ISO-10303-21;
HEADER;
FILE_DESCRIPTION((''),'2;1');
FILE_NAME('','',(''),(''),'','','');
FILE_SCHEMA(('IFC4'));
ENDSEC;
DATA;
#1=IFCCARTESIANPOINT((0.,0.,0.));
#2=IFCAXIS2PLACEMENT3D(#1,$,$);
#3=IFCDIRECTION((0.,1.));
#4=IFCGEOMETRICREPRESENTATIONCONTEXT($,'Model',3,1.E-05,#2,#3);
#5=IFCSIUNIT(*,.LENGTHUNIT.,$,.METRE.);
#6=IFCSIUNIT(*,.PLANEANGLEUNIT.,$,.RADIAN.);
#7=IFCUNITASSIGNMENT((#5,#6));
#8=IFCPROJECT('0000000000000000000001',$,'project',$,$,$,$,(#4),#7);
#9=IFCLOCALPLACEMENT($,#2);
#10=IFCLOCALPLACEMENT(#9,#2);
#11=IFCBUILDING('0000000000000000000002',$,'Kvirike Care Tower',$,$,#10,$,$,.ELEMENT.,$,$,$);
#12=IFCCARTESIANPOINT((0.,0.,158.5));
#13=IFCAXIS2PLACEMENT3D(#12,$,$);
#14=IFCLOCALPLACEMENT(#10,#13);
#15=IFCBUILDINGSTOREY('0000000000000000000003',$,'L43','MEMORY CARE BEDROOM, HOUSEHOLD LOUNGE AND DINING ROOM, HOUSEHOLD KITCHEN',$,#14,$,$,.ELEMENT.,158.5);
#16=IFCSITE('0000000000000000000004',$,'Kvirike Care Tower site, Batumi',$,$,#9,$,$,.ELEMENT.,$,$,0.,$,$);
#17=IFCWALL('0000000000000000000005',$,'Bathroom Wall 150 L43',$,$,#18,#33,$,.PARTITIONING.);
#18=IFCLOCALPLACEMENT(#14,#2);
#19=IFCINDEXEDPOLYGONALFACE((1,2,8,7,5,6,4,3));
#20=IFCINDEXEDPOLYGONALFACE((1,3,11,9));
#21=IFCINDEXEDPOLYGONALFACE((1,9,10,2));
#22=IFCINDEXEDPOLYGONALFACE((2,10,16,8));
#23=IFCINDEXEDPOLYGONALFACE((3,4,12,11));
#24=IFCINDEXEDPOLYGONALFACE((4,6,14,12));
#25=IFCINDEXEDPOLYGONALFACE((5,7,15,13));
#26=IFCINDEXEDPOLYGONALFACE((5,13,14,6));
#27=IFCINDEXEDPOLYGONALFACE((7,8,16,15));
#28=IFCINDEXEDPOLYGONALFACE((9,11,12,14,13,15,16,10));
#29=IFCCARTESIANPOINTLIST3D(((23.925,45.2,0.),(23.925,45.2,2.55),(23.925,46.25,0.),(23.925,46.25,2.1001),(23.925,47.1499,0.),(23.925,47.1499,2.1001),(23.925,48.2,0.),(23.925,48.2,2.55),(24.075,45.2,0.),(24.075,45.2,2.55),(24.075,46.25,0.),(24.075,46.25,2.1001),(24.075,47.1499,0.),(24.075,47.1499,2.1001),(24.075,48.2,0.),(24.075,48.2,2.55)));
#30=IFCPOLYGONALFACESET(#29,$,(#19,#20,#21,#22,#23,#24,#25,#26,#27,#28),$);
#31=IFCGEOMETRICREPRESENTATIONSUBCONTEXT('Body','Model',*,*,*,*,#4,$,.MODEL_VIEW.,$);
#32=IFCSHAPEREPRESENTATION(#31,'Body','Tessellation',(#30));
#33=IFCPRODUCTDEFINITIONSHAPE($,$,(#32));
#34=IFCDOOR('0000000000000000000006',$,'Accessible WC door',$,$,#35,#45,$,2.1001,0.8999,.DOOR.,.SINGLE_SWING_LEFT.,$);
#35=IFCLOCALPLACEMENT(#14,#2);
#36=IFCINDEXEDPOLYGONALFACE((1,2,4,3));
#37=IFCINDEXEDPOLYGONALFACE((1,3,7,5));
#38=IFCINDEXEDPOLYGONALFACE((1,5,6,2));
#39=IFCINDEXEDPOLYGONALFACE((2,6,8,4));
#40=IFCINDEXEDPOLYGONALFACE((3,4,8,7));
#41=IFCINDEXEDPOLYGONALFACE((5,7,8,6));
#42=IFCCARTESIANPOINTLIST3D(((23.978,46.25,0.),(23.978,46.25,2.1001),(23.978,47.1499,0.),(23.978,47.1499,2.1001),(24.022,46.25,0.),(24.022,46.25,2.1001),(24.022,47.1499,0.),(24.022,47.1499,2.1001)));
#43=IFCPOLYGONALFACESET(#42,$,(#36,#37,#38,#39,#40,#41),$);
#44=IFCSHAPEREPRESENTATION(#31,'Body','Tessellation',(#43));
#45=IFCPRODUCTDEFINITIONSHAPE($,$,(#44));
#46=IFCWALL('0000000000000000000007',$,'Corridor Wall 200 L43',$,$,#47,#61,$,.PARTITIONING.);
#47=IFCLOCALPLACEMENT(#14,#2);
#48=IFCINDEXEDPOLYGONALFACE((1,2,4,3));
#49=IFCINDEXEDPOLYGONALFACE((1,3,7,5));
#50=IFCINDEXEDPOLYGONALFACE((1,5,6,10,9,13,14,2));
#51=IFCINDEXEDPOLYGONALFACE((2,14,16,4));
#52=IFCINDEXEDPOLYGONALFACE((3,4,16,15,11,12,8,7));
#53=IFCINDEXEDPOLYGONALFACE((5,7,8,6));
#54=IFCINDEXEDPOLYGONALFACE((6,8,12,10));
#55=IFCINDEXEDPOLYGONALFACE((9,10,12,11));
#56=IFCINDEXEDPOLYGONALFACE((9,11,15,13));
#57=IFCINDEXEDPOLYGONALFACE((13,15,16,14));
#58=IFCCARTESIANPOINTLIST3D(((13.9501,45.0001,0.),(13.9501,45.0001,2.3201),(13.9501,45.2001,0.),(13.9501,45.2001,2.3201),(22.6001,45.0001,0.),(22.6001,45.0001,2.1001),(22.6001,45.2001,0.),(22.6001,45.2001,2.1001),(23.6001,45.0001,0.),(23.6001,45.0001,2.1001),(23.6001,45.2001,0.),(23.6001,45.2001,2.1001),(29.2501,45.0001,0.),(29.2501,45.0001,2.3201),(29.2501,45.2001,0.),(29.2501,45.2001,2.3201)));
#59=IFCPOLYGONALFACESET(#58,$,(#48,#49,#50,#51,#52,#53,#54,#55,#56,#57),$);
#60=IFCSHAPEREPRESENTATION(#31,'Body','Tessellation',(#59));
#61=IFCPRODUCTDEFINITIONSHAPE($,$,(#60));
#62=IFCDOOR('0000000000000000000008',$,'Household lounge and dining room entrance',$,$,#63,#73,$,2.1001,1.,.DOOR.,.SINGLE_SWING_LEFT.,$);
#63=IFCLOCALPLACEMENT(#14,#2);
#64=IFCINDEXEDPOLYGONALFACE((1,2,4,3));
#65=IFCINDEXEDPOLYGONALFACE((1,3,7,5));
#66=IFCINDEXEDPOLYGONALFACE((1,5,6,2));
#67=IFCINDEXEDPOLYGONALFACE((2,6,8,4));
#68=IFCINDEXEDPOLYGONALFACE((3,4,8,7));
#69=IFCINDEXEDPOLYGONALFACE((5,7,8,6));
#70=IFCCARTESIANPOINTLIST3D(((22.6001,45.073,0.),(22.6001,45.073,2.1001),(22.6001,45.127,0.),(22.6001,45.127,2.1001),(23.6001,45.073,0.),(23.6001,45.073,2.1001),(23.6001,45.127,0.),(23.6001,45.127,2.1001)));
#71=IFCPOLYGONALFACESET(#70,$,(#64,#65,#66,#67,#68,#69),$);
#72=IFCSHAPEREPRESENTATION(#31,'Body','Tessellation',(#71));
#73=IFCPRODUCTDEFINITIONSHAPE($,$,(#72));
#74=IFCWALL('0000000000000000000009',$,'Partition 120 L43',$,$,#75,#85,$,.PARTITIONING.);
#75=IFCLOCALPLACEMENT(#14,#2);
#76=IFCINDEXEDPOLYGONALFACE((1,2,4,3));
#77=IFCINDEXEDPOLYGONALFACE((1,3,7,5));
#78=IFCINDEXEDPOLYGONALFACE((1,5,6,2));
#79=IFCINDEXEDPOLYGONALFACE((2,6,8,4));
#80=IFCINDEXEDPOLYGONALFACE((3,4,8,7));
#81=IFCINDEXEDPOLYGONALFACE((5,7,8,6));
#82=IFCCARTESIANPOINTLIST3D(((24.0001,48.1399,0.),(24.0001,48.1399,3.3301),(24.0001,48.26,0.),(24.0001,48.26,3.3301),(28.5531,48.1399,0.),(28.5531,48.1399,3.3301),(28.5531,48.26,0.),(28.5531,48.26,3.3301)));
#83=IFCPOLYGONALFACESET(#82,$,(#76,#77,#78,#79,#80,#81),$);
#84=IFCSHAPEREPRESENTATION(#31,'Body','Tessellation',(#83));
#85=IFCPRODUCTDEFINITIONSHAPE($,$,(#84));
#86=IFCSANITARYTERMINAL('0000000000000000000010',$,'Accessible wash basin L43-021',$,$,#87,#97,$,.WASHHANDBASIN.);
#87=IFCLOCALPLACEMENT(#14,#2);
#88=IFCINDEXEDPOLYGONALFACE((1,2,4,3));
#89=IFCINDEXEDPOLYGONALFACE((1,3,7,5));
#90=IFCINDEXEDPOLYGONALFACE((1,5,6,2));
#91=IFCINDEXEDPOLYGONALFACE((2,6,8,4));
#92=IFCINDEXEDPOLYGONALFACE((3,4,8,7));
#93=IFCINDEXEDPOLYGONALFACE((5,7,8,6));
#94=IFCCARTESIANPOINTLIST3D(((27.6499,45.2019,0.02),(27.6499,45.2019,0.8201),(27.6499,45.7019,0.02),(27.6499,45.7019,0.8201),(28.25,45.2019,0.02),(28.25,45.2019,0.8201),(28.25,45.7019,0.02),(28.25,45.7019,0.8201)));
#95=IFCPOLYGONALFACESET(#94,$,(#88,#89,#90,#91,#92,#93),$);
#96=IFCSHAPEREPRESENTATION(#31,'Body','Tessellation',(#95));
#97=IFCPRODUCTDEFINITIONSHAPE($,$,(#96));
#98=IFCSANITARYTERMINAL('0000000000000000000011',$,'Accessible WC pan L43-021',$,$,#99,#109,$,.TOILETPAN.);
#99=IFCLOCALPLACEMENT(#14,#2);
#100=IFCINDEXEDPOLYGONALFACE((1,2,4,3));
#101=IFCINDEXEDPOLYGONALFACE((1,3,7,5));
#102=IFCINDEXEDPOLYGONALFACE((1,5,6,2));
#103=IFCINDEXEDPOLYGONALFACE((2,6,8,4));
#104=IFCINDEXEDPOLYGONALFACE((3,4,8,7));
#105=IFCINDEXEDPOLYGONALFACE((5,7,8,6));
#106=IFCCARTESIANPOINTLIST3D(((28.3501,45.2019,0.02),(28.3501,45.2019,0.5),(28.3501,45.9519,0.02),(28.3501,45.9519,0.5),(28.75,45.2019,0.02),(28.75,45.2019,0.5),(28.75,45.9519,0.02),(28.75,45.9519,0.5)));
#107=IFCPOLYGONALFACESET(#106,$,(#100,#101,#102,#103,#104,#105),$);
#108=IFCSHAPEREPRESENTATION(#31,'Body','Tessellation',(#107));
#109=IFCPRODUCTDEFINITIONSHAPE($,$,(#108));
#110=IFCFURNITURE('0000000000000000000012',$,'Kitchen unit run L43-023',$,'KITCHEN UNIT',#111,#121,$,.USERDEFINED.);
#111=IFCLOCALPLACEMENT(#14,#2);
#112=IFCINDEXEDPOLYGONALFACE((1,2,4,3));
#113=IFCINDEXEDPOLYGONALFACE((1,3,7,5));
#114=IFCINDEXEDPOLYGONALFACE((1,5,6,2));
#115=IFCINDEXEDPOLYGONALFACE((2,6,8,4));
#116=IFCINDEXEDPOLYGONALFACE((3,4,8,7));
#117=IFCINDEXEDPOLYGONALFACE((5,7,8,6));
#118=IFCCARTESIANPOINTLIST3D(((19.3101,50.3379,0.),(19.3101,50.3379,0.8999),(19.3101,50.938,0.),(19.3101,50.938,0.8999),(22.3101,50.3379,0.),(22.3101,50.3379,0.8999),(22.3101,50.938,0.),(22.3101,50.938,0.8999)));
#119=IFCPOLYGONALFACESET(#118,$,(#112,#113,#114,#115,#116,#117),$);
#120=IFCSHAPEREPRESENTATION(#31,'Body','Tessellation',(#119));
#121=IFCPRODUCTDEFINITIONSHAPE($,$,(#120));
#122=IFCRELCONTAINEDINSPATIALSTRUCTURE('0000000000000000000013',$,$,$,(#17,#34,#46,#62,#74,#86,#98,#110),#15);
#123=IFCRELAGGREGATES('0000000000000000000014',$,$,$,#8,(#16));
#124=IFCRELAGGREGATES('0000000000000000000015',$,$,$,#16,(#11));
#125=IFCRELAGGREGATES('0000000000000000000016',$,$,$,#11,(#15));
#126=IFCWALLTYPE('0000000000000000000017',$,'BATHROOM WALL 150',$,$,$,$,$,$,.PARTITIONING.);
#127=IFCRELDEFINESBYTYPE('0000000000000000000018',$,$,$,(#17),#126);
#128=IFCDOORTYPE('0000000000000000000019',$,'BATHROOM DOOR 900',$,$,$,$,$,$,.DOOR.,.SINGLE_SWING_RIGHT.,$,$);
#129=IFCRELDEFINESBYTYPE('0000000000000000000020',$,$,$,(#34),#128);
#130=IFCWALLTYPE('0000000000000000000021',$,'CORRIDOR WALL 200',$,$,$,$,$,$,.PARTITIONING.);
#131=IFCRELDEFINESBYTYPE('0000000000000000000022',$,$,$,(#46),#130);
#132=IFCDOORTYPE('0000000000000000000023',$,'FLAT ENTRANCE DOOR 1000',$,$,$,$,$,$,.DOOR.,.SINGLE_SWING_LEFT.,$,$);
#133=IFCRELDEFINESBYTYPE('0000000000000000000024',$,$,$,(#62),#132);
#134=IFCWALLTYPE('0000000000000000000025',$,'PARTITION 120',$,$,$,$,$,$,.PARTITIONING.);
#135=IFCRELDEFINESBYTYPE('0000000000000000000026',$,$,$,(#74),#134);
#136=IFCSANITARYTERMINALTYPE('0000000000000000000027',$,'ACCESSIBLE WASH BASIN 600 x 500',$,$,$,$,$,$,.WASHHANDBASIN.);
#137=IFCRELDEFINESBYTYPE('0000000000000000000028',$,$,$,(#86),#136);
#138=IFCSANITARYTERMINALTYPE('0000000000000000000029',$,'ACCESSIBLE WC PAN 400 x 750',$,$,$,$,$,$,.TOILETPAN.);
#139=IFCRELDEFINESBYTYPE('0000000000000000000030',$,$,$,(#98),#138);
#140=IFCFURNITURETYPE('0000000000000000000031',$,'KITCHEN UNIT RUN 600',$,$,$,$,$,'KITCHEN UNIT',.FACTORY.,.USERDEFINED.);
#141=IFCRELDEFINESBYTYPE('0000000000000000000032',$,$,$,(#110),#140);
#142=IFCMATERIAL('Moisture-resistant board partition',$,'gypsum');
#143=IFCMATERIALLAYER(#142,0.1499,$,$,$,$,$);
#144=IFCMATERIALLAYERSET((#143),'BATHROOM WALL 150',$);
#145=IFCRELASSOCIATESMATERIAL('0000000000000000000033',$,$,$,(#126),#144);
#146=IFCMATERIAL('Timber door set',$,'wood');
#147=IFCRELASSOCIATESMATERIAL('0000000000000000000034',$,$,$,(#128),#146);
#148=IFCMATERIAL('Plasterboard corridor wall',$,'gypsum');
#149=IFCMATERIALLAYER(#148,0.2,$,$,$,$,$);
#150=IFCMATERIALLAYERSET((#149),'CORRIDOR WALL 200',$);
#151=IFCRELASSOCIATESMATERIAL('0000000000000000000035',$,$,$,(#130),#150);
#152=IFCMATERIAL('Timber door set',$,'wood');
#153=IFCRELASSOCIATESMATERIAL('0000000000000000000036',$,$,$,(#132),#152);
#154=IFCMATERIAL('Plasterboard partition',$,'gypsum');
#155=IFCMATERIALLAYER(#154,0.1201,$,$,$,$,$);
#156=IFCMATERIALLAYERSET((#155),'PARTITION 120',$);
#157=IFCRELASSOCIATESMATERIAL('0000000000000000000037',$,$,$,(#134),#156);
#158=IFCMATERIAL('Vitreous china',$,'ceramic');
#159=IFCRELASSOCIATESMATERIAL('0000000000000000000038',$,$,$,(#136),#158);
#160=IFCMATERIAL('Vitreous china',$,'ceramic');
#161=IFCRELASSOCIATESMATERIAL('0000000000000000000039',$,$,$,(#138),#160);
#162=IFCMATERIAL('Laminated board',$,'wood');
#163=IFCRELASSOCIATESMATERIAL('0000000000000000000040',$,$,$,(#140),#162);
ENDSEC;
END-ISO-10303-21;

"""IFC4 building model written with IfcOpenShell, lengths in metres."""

from ifc_helpers import new_model, si_unit, direction, frame, frame_2d, origin, origin_2d, place, context, subcontext, project, spatial, rectangle, extrude, material, layer, layer_set, type_object, element, fill, save


model = new_model("IFC4")

# Units and contexts
model_context = context("Model", 3, precision=1e-05, world=origin(), true_north=direction((0.0, 1.0)))
body_context = subcontext(model_context, "Body", "Model", "MODEL_VIEW")
ifc_project = project(units=[si_unit("LENGTHUNIT", "METRE"), si_unit("PLANEANGLEUNIT", "RADIAN")], contexts=[model_context])

# Site, building, storey
site_placement = place(None, origin())
site = spatial("IfcSite", under=ifc_project, at=site_placement, Name="Kvirike Care Tower site, Batumi", CompositionType="ELEMENT", RefElevation=0.0)
building_placement = place(site_placement, origin())
building = spatial("IfcBuilding", under=site, at=building_placement, Name="Kvirike Care Tower", CompositionType="ELEMENT")
storey_placement = place(building_placement, frame((0.0, 0.0, 158.5)))
storey = spatial("IfcBuildingStorey", under=building, at=storey_placement, Name="L43", Description="MEMORY CARE BEDROOM, HOUSEHOLD LOUNGE AND DINING ROOM, HOUSEHOLD KITCHEN", CompositionType="ELEMENT", Elevation=158.5)

# Walls, openings, doors
ifc_material_1 = material(Name="Moisture-resistant board partition", Category="gypsum")
ifc_layer_1 = layer(ifc_material_1, 0.1499)
ifc_layer_set_1 = layer_set([ifc_layer_1], Name="BATHROOM WALL 150")
wall_type_1 = type_object("IfcWallType", Name="BATHROOM WALL 150", PredefinedType="PARTITIONING", material=ifc_layer_set_1)
wall_1_placement = place(storey_placement, frame((24.0, 48.2, 0.0), z_axis=(0.0, 0.0, 1.0), x_axis=(0.0, -1.0, 0.0)))
wall_1 = element("IfcWall", 1, at=wall_1_placement, inside=storey, type_object=wall_type_1, Name="Bathroom Wall 150 L43", PredefinedType="PARTITIONING", context=body_context, shape_type="SweptSolid", body=[
    extrude(rectangle(XDim=3.0, YDim=0.1499, at=frame_2d((1.5, 0.0))), origin(), (0.0, 0.0, 1.0), 2.55),
])
opening_1_placement = place(wall_1_placement, frame((1.05, 0.0, 0.0)))
opening_1 = element("IfcOpeningElement", 2, at=opening_1_placement, cuts=wall_1, PredefinedType="OPENING", context=body_context, shape_type="SweptSolid", body=[
    extrude(rectangle(XDim=0.8999, YDim=2.1001, at=frame_2d((0.45, 1.05))), frame((0.0, 0.0854, 0.0), z_axis=(0.0, -1.0, 0.0), x_axis=(1.0, 0.0, 0.0)), (0.0, 0.0, 1.0), 0.1709),
])
ifc_material_2 = material(Name="Timber door set", Category="wood")
door_type_1 = type_object("IfcDoorType", Name="BATHROOM DOOR 900", OperationType="SINGLE_SWING_RIGHT", PredefinedType="DOOR", material=ifc_material_2)
door_1_placement = place(opening_1_placement, origin())
door_1 = element("IfcDoor", 3, at=door_1_placement, inside=storey, type_object=door_type_1, Name="Accessible WC door", OperationType="SINGLE_SWING_LEFT", OverallHeight=2.1001, OverallWidth=0.8999, PredefinedType="DOOR", context=body_context, shape_type="SweptSolid", body=[
    extrude(rectangle(XDim=0.8999, YDim=2.1001, at=frame_2d((0.45, 1.05))), frame((0.0, 0.022, 0.0), z_axis=(0.0, -1.0, 0.0), x_axis=(1.0, 0.0, 0.0)), (0.0, 0.0, 1.0), 0.0439),
])
fill(opening_1, door_1)
ifc_material_3 = material(Name="Plasterboard corridor wall", Category="gypsum")
ifc_layer_2 = layer(ifc_material_3, 0.2)
ifc_layer_set_2 = layer_set([ifc_layer_2], Name="CORRIDOR WALL 200")
wall_type_2 = type_object("IfcWallType", Name="CORRIDOR WALL 200", PredefinedType="PARTITIONING", material=ifc_layer_set_2)
wall_2_placement = place(storey_placement, frame((29.25, 45.1001, 0.0), z_axis=(0.0, 0.0, 1.0), x_axis=(-1.0, 0.0, 0.0)))
wall_2 = element("IfcWall", 4, at=wall_2_placement, inside=storey, type_object=wall_type_2, Name="Corridor Wall 200 L43", PredefinedType="PARTITIONING", context=body_context, shape_type="SweptSolid", body=[
    extrude(rectangle(XDim=15.3, YDim=0.2, at=frame_2d((7.6499, 0.0))), origin(), (0.0, 0.0, 1.0), 2.3201),
])
opening_2_placement = place(wall_2_placement, frame((5.6499, 0.0, 0.0)))
opening_2 = element("IfcOpeningElement", 5, at=opening_2_placement, cuts=wall_2, PredefinedType="OPENING", context=body_context, shape_type="SweptSolid", body=[
    extrude(rectangle(XDim=1.0, YDim=2.1001, at=frame_2d((0.5, 1.05))), frame((0.0, 0.1106, 0.0), z_axis=(0.0, -1.0, 0.0), x_axis=(1.0, 0.0, 0.0)), (0.0, 0.0, 1.0), 0.2209),
])
ifc_material_4 = material(Name="Timber door set", Category="wood")
door_type_2 = type_object("IfcDoorType", Name="FLAT ENTRANCE DOOR 1000", OperationType="SINGLE_SWING_LEFT", PredefinedType="DOOR", material=ifc_material_4)
door_2_placement = place(opening_2_placement, frame((1.0, 0.0, 0.0), z_axis=(0.0, 0.0, 1.0), x_axis=(-1.0, 0.0, 0.0)))
door_2 = element("IfcDoor", 6, at=door_2_placement, inside=storey, type_object=door_type_2, Name="Household lounge and dining room entrance", OperationType="SINGLE_SWING_LEFT", OverallHeight=2.1001, OverallWidth=1.0, PredefinedType="DOOR", context=body_context, shape_type="SweptSolid", body=[
    extrude(rectangle(XDim=1.0, YDim=2.1001, at=frame_2d((0.5, 1.05))), frame((0.0, 0.0269, 0.0), z_axis=(0.0, -1.0, 0.0), x_axis=(1.0, 0.0, 0.0)), (0.0, 0.0, 1.0), 0.054),
])
fill(opening_2, door_2)

# Wall
ifc_material_5 = material(Name="Plasterboard partition", Category="gypsum")
ifc_layer_3 = layer(ifc_material_5, 0.1201)
ifc_layer_set_3 = layer_set([ifc_layer_3], Name="PARTITION 120")
wall_type_3 = type_object("IfcWallType", Name="PARTITION 120", PredefinedType="PARTITIONING", material=ifc_layer_set_3)
wall_3_placement = place(storey_placement, frame((28.553, 48.2, 0.0), z_axis=(0.0, 0.0, 1.0), x_axis=(-1.0, 0.0, 0.0)))
element("IfcWall", 7, at=wall_3_placement, inside=storey, type_object=wall_type_3, Name="Partition 120 L43", PredefinedType="PARTITIONING", context=body_context, shape_type="SweptSolid", body=[
    extrude(rectangle(XDim=4.553, YDim=0.1201, at=frame_2d((2.2764, 0.0))), origin(), (0.0, 0.0, 1.0), 3.3301),
])

# Sanitary terminals
ifc_material_6 = material(Name="Vitreous china", Category="ceramic")
sanitary_terminal_type_1 = type_object("IfcSanitaryTerminalType", Name="ACCESSIBLE WASH BASIN 600 x 500", PredefinedType="WASHHANDBASIN", material=ifc_material_6)
sanitary_terminal_1_placement = place(storey_placement, frame((27.95, 45.4519, 0.02), z_axis=(0.0, 0.0, 1.0), x_axis=(-1.0, 0.0, 0.0)))
element("IfcSanitaryTerminal", 8, at=sanitary_terminal_1_placement, inside=storey, type_object=sanitary_terminal_type_1, Name="Accessible wash basin L43-021", PredefinedType="WASHHANDBASIN", context=body_context, shape_type="SweptSolid", body=[
    extrude(rectangle(XDim=0.6001, YDim=0.5, at=origin_2d()), origin(), (0.0, 0.0, 1.0), 0.8),
])
ifc_material_7 = material(Name="Vitreous china", Category="ceramic")
sanitary_terminal_type_2 = type_object("IfcSanitaryTerminalType", Name="ACCESSIBLE WC PAN 400 x 750", PredefinedType="TOILETPAN", material=ifc_material_7)
sanitary_terminal_2_placement = place(storey_placement, frame((28.55, 45.5769, 0.02), z_axis=(0.0, 0.0, 1.0), x_axis=(-1.0, 0.0, 0.0)))
element("IfcSanitaryTerminal", 9, at=sanitary_terminal_2_placement, inside=storey, type_object=sanitary_terminal_type_2, Name="Accessible WC pan L43-021", PredefinedType="TOILETPAN", context=body_context, shape_type="SweptSolid", body=[
    extrude(rectangle(XDim=0.3999, YDim=0.75, at=origin_2d()), origin(), (0.0, 0.0, 1.0), 0.48),
])

# Furniture
ifc_material_8 = material(Name="Laminated board", Category="wood")
furniture_type = type_object("IfcFurnitureType", Name="KITCHEN UNIT RUN 600", ElementType="KITCHEN UNIT", AssemblyPlace="FACTORY", PredefinedType="USERDEFINED", material=ifc_material_8)
furniture_placement = place(storey_placement, frame((20.8101, 50.6379, 0.0), z_axis=(0.0, 0.0, 1.0), x_axis=(1.0, 0.0, 0.0)))
element("IfcFurniture", 10, at=furniture_placement, inside=storey, type_object=furniture_type, Name="Kitchen unit run L43-023", ObjectType="KITCHEN UNIT", PredefinedType="USERDEFINED", context=body_context, shape_type="SweptSolid", body=[
    extrude(rectangle(XDim=3.0, YDim=0.6001, at=origin_2d()), origin(), (0.0, 0.0, 1.0), 0.8999),
])

save(model, "model.ifc")
